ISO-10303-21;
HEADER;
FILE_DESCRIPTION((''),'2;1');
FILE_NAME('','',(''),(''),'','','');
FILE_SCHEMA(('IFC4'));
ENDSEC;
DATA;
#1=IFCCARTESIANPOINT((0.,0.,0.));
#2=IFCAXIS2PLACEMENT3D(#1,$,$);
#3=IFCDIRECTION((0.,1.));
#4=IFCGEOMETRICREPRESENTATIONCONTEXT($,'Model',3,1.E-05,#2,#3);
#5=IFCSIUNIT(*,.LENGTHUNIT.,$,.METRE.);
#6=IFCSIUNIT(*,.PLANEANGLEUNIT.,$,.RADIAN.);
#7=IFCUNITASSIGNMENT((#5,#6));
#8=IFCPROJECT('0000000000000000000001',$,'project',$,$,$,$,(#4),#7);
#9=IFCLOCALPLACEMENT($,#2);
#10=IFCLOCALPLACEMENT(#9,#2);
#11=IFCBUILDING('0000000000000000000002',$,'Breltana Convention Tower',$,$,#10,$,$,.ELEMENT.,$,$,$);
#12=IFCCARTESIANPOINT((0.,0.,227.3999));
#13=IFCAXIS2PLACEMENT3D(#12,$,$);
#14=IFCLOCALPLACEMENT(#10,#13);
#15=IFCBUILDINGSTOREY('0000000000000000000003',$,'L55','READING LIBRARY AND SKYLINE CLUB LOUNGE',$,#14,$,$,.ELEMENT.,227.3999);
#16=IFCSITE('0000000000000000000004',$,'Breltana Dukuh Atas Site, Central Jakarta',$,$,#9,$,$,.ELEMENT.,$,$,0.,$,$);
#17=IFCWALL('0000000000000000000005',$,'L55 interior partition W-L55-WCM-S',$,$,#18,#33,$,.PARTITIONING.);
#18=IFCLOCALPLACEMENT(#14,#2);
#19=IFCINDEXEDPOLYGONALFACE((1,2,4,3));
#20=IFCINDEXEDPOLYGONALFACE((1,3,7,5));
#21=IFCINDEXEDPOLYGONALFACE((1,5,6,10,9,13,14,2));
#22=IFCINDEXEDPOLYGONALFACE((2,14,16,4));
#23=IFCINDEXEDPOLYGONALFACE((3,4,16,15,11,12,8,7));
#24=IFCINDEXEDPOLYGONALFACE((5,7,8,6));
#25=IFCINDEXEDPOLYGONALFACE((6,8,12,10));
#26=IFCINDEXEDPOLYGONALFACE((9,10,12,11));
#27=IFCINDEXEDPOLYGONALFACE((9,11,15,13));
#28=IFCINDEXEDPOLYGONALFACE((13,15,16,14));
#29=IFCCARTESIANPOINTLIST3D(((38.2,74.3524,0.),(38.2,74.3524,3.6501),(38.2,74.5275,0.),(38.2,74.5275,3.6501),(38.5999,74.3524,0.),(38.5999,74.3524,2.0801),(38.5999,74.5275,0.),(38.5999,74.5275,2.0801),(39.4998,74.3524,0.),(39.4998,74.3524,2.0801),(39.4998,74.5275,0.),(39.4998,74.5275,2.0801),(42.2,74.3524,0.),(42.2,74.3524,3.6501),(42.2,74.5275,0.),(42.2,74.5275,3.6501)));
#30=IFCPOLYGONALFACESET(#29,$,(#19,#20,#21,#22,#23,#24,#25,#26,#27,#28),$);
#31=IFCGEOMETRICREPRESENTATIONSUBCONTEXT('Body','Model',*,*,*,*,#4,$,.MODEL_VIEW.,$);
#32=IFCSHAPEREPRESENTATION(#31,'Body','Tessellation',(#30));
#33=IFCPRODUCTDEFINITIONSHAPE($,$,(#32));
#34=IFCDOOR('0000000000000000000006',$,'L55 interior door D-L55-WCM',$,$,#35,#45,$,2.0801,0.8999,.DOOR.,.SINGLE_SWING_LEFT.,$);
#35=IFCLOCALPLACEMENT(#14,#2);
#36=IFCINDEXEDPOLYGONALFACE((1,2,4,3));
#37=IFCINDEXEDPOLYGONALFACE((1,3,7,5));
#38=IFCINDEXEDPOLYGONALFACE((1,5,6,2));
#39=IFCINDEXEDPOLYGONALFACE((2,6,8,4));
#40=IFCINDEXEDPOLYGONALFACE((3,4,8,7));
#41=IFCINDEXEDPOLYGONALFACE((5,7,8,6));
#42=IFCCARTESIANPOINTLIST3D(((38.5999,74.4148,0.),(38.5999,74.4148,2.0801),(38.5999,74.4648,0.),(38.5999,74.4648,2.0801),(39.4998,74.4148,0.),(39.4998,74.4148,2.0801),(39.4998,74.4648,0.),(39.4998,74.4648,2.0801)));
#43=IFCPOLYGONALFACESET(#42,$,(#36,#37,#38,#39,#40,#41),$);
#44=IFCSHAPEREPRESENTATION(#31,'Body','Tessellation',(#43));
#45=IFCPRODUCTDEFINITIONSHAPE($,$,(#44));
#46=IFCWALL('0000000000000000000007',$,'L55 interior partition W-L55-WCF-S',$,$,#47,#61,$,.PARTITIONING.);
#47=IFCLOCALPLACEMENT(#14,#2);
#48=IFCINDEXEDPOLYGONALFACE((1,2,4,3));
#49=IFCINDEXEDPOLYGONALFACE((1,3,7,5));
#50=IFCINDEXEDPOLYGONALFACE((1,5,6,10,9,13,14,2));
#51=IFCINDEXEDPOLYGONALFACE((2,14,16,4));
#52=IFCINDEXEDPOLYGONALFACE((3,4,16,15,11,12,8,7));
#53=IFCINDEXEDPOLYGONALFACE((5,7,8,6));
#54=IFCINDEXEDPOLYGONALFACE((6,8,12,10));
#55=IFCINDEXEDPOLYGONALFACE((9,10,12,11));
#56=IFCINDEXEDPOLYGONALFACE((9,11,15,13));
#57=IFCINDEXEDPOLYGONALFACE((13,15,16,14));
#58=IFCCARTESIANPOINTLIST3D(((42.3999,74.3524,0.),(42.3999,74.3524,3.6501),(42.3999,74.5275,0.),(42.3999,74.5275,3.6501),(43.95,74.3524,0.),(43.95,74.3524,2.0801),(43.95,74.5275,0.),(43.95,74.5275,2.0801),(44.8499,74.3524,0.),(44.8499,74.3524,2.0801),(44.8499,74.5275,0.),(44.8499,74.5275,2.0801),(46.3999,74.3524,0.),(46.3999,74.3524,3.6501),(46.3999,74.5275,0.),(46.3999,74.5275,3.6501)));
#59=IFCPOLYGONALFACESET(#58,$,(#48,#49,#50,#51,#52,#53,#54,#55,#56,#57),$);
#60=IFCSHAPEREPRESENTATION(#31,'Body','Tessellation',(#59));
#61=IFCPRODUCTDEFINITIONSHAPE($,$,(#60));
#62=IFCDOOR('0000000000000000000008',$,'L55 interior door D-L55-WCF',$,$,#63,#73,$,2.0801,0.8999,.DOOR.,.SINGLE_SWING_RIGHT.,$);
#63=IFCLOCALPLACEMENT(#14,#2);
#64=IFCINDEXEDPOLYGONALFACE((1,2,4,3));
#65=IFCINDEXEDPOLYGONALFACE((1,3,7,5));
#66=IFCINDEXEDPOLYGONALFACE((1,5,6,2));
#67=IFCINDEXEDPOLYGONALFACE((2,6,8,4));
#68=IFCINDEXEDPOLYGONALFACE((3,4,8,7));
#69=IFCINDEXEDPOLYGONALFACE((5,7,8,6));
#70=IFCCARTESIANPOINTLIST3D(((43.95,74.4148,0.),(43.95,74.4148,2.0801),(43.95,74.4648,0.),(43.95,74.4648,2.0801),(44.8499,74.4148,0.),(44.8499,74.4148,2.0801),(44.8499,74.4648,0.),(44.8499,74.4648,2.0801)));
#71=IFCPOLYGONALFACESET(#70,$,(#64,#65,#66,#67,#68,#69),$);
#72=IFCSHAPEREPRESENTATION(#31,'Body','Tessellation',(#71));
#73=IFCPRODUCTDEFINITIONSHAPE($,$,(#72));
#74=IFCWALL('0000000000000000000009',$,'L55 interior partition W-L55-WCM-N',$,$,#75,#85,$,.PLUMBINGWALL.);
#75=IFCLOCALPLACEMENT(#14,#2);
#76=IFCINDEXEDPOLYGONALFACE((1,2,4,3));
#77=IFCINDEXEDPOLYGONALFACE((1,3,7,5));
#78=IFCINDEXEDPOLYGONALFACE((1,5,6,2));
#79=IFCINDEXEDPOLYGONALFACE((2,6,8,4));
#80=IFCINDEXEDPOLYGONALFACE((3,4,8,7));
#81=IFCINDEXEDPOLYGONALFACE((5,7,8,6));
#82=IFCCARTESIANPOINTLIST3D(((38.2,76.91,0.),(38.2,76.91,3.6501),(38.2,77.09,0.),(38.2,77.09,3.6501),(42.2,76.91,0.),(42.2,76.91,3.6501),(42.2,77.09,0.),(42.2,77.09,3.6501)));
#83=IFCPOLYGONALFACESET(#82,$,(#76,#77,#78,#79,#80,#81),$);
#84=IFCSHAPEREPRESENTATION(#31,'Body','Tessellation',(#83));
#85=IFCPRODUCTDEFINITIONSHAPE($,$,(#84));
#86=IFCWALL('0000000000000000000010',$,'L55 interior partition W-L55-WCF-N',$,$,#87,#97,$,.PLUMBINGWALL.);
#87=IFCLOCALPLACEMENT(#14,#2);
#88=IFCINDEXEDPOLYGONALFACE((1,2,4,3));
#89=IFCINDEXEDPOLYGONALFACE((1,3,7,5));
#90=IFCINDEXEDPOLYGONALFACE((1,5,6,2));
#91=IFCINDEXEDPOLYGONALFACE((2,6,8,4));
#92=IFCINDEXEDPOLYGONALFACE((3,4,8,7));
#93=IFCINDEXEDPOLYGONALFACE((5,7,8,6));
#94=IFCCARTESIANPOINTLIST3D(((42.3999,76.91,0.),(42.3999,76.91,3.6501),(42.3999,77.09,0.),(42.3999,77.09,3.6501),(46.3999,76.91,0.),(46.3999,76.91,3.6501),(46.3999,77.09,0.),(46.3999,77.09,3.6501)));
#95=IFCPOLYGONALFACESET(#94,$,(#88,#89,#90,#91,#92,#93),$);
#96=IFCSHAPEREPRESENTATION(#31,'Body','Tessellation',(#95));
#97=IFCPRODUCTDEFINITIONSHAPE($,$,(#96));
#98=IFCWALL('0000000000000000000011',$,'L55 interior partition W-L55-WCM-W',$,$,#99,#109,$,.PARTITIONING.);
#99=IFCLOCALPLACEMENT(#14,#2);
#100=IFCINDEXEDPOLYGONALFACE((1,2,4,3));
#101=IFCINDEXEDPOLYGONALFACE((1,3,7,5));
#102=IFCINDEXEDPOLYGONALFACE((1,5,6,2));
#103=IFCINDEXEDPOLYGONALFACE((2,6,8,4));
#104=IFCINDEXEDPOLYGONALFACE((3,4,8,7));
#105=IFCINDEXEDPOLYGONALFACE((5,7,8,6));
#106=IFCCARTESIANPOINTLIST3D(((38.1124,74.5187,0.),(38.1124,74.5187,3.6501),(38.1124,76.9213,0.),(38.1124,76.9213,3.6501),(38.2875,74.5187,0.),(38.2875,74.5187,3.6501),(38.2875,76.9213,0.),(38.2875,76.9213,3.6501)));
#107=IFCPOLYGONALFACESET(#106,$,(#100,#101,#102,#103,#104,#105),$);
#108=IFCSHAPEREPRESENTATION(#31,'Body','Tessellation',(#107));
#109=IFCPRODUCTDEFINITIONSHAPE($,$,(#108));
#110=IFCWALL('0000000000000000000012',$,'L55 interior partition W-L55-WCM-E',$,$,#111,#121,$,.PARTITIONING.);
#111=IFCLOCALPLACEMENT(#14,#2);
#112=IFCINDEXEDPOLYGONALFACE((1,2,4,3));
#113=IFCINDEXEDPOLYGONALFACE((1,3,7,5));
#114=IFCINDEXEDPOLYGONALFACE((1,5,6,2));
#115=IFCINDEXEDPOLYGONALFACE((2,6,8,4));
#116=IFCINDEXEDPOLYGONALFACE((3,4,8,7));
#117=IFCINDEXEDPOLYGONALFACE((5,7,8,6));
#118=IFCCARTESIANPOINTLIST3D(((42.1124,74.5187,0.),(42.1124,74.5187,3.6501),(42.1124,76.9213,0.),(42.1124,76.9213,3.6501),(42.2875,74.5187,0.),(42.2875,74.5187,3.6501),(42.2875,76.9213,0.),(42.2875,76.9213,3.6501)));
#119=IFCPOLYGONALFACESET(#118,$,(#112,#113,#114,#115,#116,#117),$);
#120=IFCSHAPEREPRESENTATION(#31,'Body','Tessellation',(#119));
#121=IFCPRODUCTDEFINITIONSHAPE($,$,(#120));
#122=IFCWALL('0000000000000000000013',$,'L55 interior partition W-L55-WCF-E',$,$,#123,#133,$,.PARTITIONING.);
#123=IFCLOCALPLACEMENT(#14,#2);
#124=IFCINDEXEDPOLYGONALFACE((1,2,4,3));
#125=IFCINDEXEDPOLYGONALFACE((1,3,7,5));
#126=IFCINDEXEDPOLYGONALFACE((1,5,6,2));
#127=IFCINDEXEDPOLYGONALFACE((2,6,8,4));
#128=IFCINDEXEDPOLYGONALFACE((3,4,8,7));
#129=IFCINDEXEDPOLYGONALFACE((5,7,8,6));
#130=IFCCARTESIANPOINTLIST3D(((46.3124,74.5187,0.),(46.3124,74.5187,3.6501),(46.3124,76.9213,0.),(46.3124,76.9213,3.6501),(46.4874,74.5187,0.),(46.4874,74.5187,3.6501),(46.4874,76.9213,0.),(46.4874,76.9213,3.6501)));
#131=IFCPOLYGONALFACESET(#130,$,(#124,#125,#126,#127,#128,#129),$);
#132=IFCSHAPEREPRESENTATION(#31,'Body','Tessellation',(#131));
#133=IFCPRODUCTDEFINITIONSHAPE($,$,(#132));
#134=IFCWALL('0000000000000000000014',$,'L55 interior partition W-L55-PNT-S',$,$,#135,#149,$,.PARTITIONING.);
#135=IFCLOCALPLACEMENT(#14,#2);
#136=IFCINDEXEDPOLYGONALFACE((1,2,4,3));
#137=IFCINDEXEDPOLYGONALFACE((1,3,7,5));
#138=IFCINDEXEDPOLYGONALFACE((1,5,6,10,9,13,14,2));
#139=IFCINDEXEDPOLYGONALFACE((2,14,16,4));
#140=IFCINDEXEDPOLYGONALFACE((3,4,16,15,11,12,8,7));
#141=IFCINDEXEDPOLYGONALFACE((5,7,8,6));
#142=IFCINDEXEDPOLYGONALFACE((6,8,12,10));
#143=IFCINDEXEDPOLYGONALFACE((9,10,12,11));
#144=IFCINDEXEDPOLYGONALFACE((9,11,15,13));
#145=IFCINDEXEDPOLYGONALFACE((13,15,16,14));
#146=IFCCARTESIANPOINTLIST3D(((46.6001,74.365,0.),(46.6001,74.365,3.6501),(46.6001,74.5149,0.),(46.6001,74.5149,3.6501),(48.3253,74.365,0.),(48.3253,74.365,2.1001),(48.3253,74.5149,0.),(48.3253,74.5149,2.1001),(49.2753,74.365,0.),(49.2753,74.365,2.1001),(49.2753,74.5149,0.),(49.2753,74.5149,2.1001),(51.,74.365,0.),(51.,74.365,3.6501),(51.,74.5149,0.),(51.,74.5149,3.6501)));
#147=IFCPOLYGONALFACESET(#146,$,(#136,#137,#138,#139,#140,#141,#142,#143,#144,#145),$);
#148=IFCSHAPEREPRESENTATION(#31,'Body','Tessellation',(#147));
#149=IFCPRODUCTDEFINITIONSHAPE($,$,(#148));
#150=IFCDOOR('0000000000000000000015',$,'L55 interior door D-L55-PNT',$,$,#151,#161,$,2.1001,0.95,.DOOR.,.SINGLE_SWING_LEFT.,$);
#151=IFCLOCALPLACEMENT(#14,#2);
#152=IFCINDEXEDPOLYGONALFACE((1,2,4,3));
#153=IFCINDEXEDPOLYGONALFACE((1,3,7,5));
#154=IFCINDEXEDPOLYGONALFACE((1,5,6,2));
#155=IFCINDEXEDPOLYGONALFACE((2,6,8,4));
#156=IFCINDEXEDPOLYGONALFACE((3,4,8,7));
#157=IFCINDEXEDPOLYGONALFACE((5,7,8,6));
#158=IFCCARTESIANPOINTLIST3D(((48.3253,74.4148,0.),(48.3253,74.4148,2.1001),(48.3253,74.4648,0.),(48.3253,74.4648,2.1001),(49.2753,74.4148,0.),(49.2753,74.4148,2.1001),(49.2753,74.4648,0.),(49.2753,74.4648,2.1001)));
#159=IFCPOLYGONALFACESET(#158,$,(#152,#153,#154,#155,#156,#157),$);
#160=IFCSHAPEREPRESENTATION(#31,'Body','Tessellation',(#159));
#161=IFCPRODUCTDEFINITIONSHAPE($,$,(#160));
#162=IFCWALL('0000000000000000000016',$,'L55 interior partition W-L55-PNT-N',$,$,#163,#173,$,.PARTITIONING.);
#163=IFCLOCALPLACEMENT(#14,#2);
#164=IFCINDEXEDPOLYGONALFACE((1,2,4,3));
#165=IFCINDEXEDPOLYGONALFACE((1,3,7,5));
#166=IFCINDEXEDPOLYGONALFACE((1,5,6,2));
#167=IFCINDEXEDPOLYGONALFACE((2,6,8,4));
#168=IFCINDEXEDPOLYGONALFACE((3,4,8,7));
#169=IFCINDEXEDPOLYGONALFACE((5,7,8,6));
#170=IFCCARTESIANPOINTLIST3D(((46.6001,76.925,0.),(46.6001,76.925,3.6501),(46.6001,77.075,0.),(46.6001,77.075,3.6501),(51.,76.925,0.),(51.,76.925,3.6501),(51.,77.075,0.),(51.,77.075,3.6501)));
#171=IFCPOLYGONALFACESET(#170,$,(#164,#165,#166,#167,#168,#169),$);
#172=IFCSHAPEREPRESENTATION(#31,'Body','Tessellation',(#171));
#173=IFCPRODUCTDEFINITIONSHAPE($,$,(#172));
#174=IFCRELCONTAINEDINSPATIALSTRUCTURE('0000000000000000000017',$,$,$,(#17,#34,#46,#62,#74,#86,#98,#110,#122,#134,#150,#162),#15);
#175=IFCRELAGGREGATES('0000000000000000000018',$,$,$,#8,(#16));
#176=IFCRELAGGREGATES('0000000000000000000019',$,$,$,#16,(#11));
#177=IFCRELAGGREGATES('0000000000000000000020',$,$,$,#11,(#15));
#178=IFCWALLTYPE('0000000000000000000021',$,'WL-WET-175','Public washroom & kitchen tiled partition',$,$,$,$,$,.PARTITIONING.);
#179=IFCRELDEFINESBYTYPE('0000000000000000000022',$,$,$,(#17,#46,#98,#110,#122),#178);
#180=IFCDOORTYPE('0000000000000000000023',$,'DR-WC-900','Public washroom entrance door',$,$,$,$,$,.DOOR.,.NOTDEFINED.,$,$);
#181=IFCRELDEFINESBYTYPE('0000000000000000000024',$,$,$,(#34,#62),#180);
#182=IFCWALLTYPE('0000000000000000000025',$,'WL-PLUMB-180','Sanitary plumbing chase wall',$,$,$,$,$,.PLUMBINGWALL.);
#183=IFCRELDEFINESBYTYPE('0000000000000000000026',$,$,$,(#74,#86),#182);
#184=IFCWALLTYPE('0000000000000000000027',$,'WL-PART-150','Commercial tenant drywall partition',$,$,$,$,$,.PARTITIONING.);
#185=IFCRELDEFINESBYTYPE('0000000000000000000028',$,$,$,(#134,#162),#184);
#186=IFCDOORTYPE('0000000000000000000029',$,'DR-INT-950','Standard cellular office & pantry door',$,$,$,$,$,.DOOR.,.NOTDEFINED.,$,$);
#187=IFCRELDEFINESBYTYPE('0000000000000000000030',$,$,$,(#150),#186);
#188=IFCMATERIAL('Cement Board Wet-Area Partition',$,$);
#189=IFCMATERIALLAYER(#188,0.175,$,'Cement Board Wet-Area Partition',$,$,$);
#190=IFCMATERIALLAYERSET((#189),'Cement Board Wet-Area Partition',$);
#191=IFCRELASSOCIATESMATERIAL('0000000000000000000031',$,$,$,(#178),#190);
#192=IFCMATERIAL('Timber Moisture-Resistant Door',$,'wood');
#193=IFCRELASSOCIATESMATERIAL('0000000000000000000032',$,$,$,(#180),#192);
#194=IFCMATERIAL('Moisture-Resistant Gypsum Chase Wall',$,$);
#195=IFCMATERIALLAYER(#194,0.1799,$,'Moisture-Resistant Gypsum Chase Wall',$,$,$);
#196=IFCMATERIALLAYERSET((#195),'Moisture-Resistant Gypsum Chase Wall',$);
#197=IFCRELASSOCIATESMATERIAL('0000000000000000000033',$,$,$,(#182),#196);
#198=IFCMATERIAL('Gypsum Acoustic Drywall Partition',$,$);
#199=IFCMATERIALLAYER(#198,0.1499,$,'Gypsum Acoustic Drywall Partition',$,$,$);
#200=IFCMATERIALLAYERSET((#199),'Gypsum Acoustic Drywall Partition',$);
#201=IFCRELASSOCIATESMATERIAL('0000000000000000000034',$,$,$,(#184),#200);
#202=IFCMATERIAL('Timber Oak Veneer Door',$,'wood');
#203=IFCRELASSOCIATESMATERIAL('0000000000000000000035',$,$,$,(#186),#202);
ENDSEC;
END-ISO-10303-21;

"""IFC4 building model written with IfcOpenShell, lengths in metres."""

from ifc_helpers import new_model, si_unit, direction, frame, frame_2d, origin, place, context, subcontext, project, spatial, rectangle, extrude, source, transform, mapped, material, layer, layer_set, type_object, type_shapes, element, fill, save


model = new_model("IFC4")

# Units and contexts
model_context = context("Model", 3, precision=1e-05, world=origin(), true_north=direction((0.0, 1.0)))
body_context = subcontext(model_context, "Body", "Model", "MODEL_VIEW")
ifc_project = project(units=[si_unit("LENGTHUNIT", "METRE"), si_unit("PLANEANGLEUNIT", "RADIAN")], contexts=[model_context])

# Site, building, storey
site_placement = place(None, origin())
site = spatial("IfcSite", under=ifc_project, at=site_placement, Name="Breltana Dukuh Atas Site, Central Jakarta", CompositionType="ELEMENT", RefElevation=0.0)
building_placement = place(site_placement, origin())
building = spatial("IfcBuilding", under=site, at=building_placement, Name="Breltana Convention Tower", CompositionType="ELEMENT")
storey_placement = place(building_placement, frame((0.0, 0.0, 227.3999)))
storey = spatial("IfcBuildingStorey", under=building, at=storey_placement, Name="L55", Description="READING LIBRARY AND SKYLINE CLUB LOUNGE", CompositionType="ELEMENT", Elevation=227.3999)

# Walls, openings, doors
ifc_material_1 = material(Name="Cement Board Wet-Area Partition")
ifc_layer_1 = layer(ifc_material_1, 0.175, Name="Cement Board Wet-Area Partition")
ifc_layer_set_1 = layer_set([ifc_layer_1], Name="Cement Board Wet-Area Partition")
wall_type_1 = type_object("IfcWallType", Name="WL-WET-175", Description="Public washroom & kitchen tiled partition", PredefinedType="PARTITIONING", material=ifc_layer_set_1)
shared_shape_1 = source(origin(), body_context, "Body", "SweptSolid", [
    extrude(rectangle(XDim=4.0, YDim=0.175, at=frame_2d((2.0, 0.0))), origin(), (0.0, 0.0, 1.0), 3.6501),
])
wall_1_placement = place(storey_placement, frame((38.2, 74.4399, 0.0), z_axis=(0.0, 0.0, 1.0), x_axis=(1.0, 0.0, 0.0)))
wall_1 = element("IfcWall", 1, at=wall_1_placement, inside=storey, type_object=wall_type_1, Name="L55 interior partition W-L55-WCM-S", PredefinedType="PARTITIONING", context=body_context, shape_type="MappedRepresentation", body=[
    mapped(shared_shape_1, transform((0.0, 0.0, 0.0), scale=1.0)),
])
opening_1_placement = place(wall_1_placement, frame((0.3999, 0.0, 0.0)))
opening_1 = element("IfcOpeningElement", 2, at=opening_1_placement, cuts=wall_1, PredefinedType="OPENING", context=body_context, shape_type="SweptSolid", body=[
    extrude(rectangle(XDim=0.8999, YDim=2.0801, at=frame_2d((0.45, 1.04))), frame((0.0, 0.0977, 0.0), z_axis=(0.0, -1.0, 0.0), x_axis=(1.0, 0.0, 0.0)), (0.0, 0.0, 1.0), 0.1951),
])
ifc_material_2 = material(Name="Timber Moisture-Resistant Door", Category="wood")
door_type_1 = type_object("IfcDoorType", Name="DR-WC-900", Description="Public washroom entrance door", OperationType="NOTDEFINED", PredefinedType="DOOR", material=ifc_material_2)
shared_shape_2 = source(origin(), body_context, "Body", "SweptSolid", [
    extrude(rectangle(XDim=0.8999, YDim=2.0801, at=frame_2d((0.45, 1.04))), frame((0.0, 0.0249, 0.0), z_axis=(0.0, -1.0, 0.0), x_axis=(1.0, 0.0, 0.0)), (0.0, 0.0, 1.0), 0.05),
])
type_shapes(door_type_1, [shared_shape_2])
door_1_placement = place(opening_1_placement, origin())
door_1 = element("IfcDoor", 3, at=door_1_placement, inside=storey, type_object=door_type_1, Name="L55 interior door D-L55-WCM", OperationType="SINGLE_SWING_LEFT", OverallHeight=2.0801, OverallWidth=0.8999, PredefinedType="DOOR", context=body_context, shape_type="MappedRepresentation", body=[
    mapped(shared_shape_2, transform((0.0, 0.0, 0.0), scale=1.0)),
])
fill(opening_1, door_1)
wall_2_placement = place(storey_placement, frame((42.3999, 74.4399, 0.0), z_axis=(0.0, 0.0, 1.0), x_axis=(1.0, 0.0, 0.0)))
wall_2 = element("IfcWall", 4, at=wall_2_placement, inside=storey, type_object=wall_type_1, Name="L55 interior partition W-L55-WCF-S", PredefinedType="PARTITIONING", context=body_context, shape_type="MappedRepresentation", body=[
    mapped(shared_shape_1, transform((0.0, 0.0, 0.0), scale=1.0)),
])
opening_2_placement = place(wall_2_placement, frame((1.55, 0.0, 0.0)))
opening_2 = element("IfcOpeningElement", 5, at=opening_2_placement, cuts=wall_2, PredefinedType="OPENING", context=body_context, shape_type="SweptSolid", body=[
    extrude(rectangle(XDim=0.8999, YDim=2.0801, at=frame_2d((0.45, 1.04))), frame((0.0, 0.0977, 0.0), z_axis=(0.0, -1.0, 0.0), x_axis=(1.0, 0.0, 0.0)), (0.0, 0.0, 1.0), 0.1951),
])
door_2_placement = place(opening_2_placement, origin())
door_2 = element("IfcDoor", 6, at=door_2_placement, inside=storey, type_object=door_type_1, Name="L55 interior door D-L55-WCF", OperationType="SINGLE_SWING_RIGHT", OverallHeight=2.0801, OverallWidth=0.8999, PredefinedType="DOOR", context=body_context, shape_type="MappedRepresentation", body=[
    mapped(shared_shape_2, transform((0.0, 0.0, 0.0), scale=1.0)),
])
fill(opening_2, door_2)

# Walls
ifc_material_3 = material(Name="Moisture-Resistant Gypsum Chase Wall")
ifc_layer_2 = layer(ifc_material_3, 0.1799, Name="Moisture-Resistant Gypsum Chase Wall")
ifc_layer_set_2 = layer_set([ifc_layer_2], Name="Moisture-Resistant Gypsum Chase Wall")
wall_type_2 = type_object("IfcWallType", Name="WL-PLUMB-180", Description="Sanitary plumbing chase wall", PredefinedType="PLUMBINGWALL", material=ifc_layer_set_2)
shared_shape_3 = source(origin(), body_context, "Body", "SweptSolid", [
    extrude(rectangle(XDim=4.0, YDim=0.1799, at=frame_2d((2.0, 0.0))), origin(), (0.0, 0.0, 1.0), 3.6501),
])
for number, where, z_axis, x_axis, name in (
    (7, (38.2, 77.0, 0.0), (0.0, 0.0, 1.0), (1.0, 0.0, 0.0), "L55 interior partition W-L55-WCM-N"),
    (8, (42.3999, 77.0, 0.0), (0.0, 0.0, 1.0), (1.0, 0.0, 0.0), "L55 interior partition W-L55-WCF-N"),
):
    element("IfcWall", number, at=place(storey_placement, frame(where, z_axis=z_axis, x_axis=x_axis)), inside=storey, type_object=wall_type_2, Name=name, PredefinedType="PLUMBINGWALL", context=body_context, shape_type="MappedRepresentation", body=[
        mapped(shared_shape_3, transform((0.0, 0.0, 0.0), scale=1.0)),
    ])
shared_shape_4 = source(origin(), body_context, "Body", "SweptSolid", [
    extrude(rectangle(XDim=2.4026, YDim=0.175, at=frame_2d((1.2012, 0.0))), origin(), (0.0, 0.0, 1.0), 3.6501),
])
for number, where, z_axis, x_axis, name in (
    (9, (38.2, 74.5188, 0.0), (0.0, 0.0, 1.0), (0.0, 1.0, 0.0), "L55 interior partition W-L55-WCM-W"),
    (10, (42.2, 74.5188, 0.0), (0.0, 0.0, 1.0), (0.0, 1.0, 0.0), "L55 interior partition W-L55-WCM-E"),
    (11, (46.3999, 74.5188, 0.0), (0.0, 0.0, 1.0), (0.0, 1.0, 0.0), "L55 interior partition W-L55-WCF-E"),
):
    element("IfcWall", number, at=place(storey_placement, frame(where, z_axis=z_axis, x_axis=x_axis)), inside=storey, type_object=wall_type_1, Name=name, PredefinedType="PARTITIONING", context=body_context, shape_type="MappedRepresentation", body=[
        mapped(shared_shape_4, transform((0.0, 0.0, 0.0), scale=1.0)),
    ])

# Wall, opening, door
ifc_material_4 = material(Name="Gypsum Acoustic Drywall Partition")
ifc_layer_3 = layer(ifc_material_4, 0.1499, Name="Gypsum Acoustic Drywall Partition")
ifc_layer_set_3 = layer_set([ifc_layer_3], Name="Gypsum Acoustic Drywall Partition")
wall_type_3 = type_object("IfcWallType", Name="WL-PART-150", Description="Commercial tenant drywall partition", PredefinedType="PARTITIONING", material=ifc_layer_set_3)
shared_shape_5 = source(origin(), body_context, "Body", "SweptSolid", [
    extrude(rectangle(XDim=4.3999, YDim=0.1499, at=frame_2d((2.2, 0.0))), origin(), (0.0, 0.0, 1.0), 3.6501),
])
wall_3_placement = place(storey_placement, frame((46.6001, 74.4399, 0.0), z_axis=(0.0, 0.0, 1.0), x_axis=(1.0, 0.0, 0.0)))
wall_3 = element("IfcWall", 12, at=wall_3_placement, inside=storey, type_object=wall_type_3, Name="L55 interior partition W-L55-PNT-S", PredefinedType="PARTITIONING", context=body_context, shape_type="MappedRepresentation", body=[
    mapped(shared_shape_5, transform((0.0, 0.0, 0.0), scale=1.0)),
])
opening_3_placement = place(wall_3_placement, frame((1.7251, 0.0, 0.0)))
opening_3 = element("IfcOpeningElement", 13, at=opening_3_placement, cuts=wall_3, PredefinedType="OPENING", context=body_context, shape_type="SweptSolid", body=[
    extrude(rectangle(XDim=0.95, YDim=2.1001, at=frame_2d((0.4751, 1.05))), frame((0.0, 0.085, 0.0), z_axis=(0.0, -1.0, 0.0), x_axis=(1.0, 0.0, 0.0)), (0.0, 0.0, 1.0), 0.1699),
])
ifc_material_5 = material(Name="Timber Oak Veneer Door", Category="wood")
door_type_2 = type_object("IfcDoorType", Name="DR-INT-950", Description="Standard cellular office & pantry door", OperationType="NOTDEFINED", PredefinedType="DOOR", material=ifc_material_5)
shared_shape_6 = source(origin(), body_context, "Body", "SweptSolid", [
    extrude(rectangle(XDim=0.95, YDim=2.1001, at=frame_2d((0.4751, 1.05))), frame((0.0, 0.0249, 0.0), z_axis=(0.0, -1.0, 0.0), x_axis=(1.0, 0.0, 0.0)), (0.0, 0.0, 1.0), 0.05),
])
type_shapes(door_type_2, [shared_shape_6])
door_3_placement = place(opening_3_placement, origin())
door_3 = element("IfcDoor", 14, at=door_3_placement, inside=storey, type_object=door_type_2, Name="L55 interior door D-L55-PNT", OperationType="SINGLE_SWING_LEFT", OverallHeight=2.1001, OverallWidth=0.95, PredefinedType="DOOR", context=body_context, shape_type="MappedRepresentation", body=[
    mapped(shared_shape_6, transform((0.0, 0.0, 0.0), scale=1.0)),
])
fill(opening_3, door_3)

# Wall
wall_4_placement = place(storey_placement, frame((46.6001, 77.0, 0.0), z_axis=(0.0, 0.0, 1.0), x_axis=(1.0, 0.0, 0.0)))
element("IfcWall", 15, at=wall_4_placement, inside=storey, type_object=wall_type_3, Name="L55 interior partition W-L55-PNT-N", PredefinedType="PARTITIONING", context=body_context, shape_type="MappedRepresentation", body=[
    mapped(shared_shape_5, transform((0.0, 0.0, 0.0), scale=1.0)),
])

save(model, "model.ifc")
